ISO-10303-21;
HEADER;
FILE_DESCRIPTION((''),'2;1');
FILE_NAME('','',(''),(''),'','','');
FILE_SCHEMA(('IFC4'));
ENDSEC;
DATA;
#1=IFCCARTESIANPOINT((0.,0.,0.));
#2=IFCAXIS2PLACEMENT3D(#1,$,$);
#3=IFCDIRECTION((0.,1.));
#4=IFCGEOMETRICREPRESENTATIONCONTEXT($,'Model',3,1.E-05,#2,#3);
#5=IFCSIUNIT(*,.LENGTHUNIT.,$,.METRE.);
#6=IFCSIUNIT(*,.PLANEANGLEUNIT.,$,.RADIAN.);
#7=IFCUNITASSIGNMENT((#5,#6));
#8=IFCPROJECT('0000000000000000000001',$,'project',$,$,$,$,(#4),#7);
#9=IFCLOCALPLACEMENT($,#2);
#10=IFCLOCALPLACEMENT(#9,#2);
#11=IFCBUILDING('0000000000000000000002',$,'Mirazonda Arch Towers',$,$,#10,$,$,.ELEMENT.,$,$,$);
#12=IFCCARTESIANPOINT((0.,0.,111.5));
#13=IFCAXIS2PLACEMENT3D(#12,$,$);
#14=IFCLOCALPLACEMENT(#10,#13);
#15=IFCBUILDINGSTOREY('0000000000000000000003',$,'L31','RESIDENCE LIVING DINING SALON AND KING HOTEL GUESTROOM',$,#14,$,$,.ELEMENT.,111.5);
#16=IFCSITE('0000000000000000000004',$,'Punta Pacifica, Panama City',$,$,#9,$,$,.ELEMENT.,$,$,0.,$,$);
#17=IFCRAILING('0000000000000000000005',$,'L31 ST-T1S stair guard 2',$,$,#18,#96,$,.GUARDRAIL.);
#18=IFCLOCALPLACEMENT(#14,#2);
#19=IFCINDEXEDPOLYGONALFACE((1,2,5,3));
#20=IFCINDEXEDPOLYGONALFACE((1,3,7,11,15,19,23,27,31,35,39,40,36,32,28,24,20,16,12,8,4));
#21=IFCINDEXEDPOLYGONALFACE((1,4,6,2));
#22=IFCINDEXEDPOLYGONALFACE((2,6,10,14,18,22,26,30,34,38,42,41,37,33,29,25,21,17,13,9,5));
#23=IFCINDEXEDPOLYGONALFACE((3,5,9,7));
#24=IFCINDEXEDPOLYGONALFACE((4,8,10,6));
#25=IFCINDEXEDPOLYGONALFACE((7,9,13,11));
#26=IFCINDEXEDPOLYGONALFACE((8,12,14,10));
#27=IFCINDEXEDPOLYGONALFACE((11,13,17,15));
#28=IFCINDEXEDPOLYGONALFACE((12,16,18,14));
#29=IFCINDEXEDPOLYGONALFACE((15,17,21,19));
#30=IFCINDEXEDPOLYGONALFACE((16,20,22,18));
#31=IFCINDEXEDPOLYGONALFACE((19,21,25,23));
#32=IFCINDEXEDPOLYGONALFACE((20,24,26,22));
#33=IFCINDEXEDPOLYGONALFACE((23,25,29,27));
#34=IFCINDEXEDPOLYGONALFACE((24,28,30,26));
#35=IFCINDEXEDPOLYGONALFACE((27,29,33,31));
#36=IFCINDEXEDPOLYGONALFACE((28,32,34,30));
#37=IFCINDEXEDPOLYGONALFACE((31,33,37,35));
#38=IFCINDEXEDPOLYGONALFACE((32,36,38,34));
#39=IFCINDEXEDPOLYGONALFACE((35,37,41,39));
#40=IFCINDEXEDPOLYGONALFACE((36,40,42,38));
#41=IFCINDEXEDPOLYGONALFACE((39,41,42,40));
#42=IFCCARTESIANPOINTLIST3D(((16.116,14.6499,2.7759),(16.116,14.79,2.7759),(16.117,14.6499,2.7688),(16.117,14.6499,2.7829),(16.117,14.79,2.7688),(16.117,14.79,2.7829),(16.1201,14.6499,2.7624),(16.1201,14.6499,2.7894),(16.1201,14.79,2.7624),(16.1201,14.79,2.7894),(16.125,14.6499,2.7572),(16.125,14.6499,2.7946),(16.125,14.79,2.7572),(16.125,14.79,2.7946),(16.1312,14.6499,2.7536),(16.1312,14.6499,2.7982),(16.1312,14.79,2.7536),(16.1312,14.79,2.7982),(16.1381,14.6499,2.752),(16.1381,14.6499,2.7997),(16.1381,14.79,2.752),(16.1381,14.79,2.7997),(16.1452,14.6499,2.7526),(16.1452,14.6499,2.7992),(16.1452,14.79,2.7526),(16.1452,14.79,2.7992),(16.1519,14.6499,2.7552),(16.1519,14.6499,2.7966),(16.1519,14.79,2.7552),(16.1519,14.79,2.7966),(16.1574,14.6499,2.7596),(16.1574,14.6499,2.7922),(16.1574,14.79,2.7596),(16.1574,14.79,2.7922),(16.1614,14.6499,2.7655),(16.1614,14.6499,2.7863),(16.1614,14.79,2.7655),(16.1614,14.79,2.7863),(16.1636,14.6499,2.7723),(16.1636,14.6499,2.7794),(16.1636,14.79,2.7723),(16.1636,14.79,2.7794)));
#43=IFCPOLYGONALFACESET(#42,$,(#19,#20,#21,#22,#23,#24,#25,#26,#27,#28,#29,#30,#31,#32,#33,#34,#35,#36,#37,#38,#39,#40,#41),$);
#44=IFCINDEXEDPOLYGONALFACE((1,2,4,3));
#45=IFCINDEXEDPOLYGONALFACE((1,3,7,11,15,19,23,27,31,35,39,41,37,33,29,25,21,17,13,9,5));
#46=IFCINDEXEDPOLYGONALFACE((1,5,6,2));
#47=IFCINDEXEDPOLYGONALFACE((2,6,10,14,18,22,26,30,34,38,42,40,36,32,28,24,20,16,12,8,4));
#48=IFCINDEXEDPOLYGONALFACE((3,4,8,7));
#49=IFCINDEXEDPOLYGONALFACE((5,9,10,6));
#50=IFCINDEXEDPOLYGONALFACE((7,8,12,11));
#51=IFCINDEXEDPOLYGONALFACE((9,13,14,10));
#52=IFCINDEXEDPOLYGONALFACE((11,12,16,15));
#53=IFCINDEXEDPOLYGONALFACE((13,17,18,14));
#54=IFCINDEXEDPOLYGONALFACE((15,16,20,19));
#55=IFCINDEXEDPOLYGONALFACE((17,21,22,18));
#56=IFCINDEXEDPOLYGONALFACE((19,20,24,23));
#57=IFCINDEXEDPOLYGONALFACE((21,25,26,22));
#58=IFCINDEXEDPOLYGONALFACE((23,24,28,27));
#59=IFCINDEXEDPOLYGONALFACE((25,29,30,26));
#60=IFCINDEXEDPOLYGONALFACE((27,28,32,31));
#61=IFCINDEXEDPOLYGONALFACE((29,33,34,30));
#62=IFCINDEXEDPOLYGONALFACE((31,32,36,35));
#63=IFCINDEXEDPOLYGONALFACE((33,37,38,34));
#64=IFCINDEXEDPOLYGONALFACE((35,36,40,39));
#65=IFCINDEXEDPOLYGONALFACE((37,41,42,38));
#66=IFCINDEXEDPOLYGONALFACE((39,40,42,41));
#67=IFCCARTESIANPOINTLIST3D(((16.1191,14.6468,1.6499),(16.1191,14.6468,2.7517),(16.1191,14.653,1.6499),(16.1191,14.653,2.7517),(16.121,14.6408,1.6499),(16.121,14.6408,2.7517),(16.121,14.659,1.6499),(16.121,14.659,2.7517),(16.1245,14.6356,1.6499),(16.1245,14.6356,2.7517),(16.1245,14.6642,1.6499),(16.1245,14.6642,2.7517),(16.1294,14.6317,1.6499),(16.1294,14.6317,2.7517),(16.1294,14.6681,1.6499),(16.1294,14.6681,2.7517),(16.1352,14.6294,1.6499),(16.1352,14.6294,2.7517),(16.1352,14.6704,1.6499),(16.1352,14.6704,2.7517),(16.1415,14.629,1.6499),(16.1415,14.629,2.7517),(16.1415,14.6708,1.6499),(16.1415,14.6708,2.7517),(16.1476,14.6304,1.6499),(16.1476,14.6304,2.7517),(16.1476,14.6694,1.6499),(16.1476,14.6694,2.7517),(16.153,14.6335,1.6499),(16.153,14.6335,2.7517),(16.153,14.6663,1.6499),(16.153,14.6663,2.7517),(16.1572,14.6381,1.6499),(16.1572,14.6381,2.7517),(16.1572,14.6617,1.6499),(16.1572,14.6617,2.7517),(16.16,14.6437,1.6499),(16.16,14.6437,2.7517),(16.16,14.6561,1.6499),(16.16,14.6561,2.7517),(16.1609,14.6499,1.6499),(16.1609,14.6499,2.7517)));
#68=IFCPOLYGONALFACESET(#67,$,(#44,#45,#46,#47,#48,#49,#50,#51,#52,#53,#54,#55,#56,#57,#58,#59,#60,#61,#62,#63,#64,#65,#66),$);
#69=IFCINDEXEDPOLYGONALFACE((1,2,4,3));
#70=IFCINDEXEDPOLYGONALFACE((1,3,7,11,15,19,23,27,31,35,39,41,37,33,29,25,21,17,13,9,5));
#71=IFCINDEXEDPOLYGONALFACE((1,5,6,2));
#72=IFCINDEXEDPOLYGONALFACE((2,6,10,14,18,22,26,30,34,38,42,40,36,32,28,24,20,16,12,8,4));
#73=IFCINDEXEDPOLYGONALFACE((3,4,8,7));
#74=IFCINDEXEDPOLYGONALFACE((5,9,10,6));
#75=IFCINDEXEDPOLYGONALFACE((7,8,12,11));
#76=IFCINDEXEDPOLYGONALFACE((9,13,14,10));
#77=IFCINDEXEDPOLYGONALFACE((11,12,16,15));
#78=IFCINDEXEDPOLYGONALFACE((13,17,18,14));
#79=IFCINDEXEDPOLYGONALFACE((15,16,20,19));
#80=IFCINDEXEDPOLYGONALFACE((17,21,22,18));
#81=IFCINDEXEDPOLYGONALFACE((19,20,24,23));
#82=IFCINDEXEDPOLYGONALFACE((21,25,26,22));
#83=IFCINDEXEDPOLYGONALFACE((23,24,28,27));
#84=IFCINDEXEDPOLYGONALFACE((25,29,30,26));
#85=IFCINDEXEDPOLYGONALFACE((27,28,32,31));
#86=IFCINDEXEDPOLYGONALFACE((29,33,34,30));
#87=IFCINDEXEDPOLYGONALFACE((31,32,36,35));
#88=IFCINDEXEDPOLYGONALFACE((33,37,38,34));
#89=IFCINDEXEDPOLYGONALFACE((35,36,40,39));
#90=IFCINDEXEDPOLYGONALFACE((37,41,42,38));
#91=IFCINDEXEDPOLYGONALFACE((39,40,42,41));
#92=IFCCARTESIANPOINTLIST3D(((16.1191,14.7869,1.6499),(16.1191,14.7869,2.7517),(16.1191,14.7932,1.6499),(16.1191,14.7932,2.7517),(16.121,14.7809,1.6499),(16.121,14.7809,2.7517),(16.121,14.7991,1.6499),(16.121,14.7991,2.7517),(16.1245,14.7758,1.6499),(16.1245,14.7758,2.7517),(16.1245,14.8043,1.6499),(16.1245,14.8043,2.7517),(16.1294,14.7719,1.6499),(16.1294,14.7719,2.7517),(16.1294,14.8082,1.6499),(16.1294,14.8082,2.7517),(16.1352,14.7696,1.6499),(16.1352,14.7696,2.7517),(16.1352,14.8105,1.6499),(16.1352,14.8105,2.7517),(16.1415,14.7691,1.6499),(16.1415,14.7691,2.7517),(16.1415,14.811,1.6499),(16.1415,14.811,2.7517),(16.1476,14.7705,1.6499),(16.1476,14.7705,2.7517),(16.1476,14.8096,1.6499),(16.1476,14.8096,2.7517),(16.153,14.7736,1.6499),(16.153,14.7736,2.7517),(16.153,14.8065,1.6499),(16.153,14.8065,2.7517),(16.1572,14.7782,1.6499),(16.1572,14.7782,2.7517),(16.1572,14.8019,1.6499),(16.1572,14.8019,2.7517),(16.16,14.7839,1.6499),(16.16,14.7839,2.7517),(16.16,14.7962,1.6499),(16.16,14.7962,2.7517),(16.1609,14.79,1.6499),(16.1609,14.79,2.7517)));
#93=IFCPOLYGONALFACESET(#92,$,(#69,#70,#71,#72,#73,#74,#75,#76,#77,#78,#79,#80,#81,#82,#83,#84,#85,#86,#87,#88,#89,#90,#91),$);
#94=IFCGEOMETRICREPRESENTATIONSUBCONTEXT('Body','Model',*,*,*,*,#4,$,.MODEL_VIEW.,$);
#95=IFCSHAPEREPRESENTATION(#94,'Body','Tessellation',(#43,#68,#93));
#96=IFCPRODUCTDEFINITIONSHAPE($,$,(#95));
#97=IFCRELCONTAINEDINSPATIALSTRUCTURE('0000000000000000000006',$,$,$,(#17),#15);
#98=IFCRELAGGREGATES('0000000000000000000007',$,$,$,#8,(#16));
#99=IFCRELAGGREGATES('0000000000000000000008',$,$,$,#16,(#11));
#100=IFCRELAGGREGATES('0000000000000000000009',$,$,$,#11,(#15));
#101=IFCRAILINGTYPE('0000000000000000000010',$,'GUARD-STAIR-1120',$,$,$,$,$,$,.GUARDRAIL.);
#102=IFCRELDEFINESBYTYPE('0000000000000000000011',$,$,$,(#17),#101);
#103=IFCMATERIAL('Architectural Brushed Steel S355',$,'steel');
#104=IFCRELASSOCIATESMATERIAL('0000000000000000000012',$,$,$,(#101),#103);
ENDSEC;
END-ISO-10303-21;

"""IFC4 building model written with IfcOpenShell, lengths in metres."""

from ifc_helpers import new_model, si_unit, direction, frame, origin, origin_2d, place, context, subcontext, project, spatial, circle, extrude, material, type_object, element, save


model = new_model("IFC4")

# Units and contexts
model_context = context("Model", 3, precision=1e-05, world=origin(), true_north=direction((0.0, 1.0)))
body_context = subcontext(model_context, "Body", "Model", "MODEL_VIEW")
ifc_project = project(units=[si_unit("LENGTHUNIT", "METRE"), si_unit("PLANEANGLEUNIT", "RADIAN")], contexts=[model_context])

# Site, building, storey
site_placement = place(None, origin())
site = spatial("IfcSite", under=ifc_project, at=site_placement, Name="Punta Pacifica, Panama City", CompositionType="ELEMENT", RefElevation=0.0)
building_placement = place(site_placement, origin())
building = spatial("IfcBuilding", under=site, at=building_placement, Name="Mirazonda Arch Towers", CompositionType="ELEMENT")
storey_placement = place(building_placement, frame((0.0, 0.0, 111.5)))
storey = spatial("IfcBuildingStorey", under=building, at=storey_placement, Name="L31", Description="RESIDENCE LIVING DINING SALON AND KING HOTEL GUESTROOM", CompositionType="ELEMENT", Elevation=111.5)

# Shared definitions
ifc_material_1 = material(Name="Architectural Brushed Steel S355", Category="steel")

# Railing
railing_type_1 = type_object("IfcRailingType", Name="GUARD-STAIR-1120", PredefinedType="GUARDRAIL", material=ifc_material_1)
railing_1_placement = place(storey_placement, frame((16.1399, 14.6499, 1.6499)))
element("IfcRailing", 1, at=railing_1_placement, inside=storey, type_object=railing_type_1, Name="L31 ST-T1S stair guard 2", PredefinedType="GUARDRAIL", context=body_context, shape_type="SweptSolid", body=[
    extrude(circle(Radius=0.0239, at=origin_2d()), frame((0.0, 0.0, 1.126), z_axis=(0.0, 1.0, 0.0), x_axis=(-1.0, 0.0, 0.0)), (0.0, 0.0, 1.0), 0.1401),
    extrude(circle(Radius=0.021, at=origin_2d()), origin(), (0.0, 0.0, 1.0), 1.1018),
    extrude(circle(Radius=0.021, at=origin_2d()), frame((0.0, 0.1401, 0.0)), (0.0, 0.0, 1.0), 1.1018),
])

save(model, "model.ifc")
